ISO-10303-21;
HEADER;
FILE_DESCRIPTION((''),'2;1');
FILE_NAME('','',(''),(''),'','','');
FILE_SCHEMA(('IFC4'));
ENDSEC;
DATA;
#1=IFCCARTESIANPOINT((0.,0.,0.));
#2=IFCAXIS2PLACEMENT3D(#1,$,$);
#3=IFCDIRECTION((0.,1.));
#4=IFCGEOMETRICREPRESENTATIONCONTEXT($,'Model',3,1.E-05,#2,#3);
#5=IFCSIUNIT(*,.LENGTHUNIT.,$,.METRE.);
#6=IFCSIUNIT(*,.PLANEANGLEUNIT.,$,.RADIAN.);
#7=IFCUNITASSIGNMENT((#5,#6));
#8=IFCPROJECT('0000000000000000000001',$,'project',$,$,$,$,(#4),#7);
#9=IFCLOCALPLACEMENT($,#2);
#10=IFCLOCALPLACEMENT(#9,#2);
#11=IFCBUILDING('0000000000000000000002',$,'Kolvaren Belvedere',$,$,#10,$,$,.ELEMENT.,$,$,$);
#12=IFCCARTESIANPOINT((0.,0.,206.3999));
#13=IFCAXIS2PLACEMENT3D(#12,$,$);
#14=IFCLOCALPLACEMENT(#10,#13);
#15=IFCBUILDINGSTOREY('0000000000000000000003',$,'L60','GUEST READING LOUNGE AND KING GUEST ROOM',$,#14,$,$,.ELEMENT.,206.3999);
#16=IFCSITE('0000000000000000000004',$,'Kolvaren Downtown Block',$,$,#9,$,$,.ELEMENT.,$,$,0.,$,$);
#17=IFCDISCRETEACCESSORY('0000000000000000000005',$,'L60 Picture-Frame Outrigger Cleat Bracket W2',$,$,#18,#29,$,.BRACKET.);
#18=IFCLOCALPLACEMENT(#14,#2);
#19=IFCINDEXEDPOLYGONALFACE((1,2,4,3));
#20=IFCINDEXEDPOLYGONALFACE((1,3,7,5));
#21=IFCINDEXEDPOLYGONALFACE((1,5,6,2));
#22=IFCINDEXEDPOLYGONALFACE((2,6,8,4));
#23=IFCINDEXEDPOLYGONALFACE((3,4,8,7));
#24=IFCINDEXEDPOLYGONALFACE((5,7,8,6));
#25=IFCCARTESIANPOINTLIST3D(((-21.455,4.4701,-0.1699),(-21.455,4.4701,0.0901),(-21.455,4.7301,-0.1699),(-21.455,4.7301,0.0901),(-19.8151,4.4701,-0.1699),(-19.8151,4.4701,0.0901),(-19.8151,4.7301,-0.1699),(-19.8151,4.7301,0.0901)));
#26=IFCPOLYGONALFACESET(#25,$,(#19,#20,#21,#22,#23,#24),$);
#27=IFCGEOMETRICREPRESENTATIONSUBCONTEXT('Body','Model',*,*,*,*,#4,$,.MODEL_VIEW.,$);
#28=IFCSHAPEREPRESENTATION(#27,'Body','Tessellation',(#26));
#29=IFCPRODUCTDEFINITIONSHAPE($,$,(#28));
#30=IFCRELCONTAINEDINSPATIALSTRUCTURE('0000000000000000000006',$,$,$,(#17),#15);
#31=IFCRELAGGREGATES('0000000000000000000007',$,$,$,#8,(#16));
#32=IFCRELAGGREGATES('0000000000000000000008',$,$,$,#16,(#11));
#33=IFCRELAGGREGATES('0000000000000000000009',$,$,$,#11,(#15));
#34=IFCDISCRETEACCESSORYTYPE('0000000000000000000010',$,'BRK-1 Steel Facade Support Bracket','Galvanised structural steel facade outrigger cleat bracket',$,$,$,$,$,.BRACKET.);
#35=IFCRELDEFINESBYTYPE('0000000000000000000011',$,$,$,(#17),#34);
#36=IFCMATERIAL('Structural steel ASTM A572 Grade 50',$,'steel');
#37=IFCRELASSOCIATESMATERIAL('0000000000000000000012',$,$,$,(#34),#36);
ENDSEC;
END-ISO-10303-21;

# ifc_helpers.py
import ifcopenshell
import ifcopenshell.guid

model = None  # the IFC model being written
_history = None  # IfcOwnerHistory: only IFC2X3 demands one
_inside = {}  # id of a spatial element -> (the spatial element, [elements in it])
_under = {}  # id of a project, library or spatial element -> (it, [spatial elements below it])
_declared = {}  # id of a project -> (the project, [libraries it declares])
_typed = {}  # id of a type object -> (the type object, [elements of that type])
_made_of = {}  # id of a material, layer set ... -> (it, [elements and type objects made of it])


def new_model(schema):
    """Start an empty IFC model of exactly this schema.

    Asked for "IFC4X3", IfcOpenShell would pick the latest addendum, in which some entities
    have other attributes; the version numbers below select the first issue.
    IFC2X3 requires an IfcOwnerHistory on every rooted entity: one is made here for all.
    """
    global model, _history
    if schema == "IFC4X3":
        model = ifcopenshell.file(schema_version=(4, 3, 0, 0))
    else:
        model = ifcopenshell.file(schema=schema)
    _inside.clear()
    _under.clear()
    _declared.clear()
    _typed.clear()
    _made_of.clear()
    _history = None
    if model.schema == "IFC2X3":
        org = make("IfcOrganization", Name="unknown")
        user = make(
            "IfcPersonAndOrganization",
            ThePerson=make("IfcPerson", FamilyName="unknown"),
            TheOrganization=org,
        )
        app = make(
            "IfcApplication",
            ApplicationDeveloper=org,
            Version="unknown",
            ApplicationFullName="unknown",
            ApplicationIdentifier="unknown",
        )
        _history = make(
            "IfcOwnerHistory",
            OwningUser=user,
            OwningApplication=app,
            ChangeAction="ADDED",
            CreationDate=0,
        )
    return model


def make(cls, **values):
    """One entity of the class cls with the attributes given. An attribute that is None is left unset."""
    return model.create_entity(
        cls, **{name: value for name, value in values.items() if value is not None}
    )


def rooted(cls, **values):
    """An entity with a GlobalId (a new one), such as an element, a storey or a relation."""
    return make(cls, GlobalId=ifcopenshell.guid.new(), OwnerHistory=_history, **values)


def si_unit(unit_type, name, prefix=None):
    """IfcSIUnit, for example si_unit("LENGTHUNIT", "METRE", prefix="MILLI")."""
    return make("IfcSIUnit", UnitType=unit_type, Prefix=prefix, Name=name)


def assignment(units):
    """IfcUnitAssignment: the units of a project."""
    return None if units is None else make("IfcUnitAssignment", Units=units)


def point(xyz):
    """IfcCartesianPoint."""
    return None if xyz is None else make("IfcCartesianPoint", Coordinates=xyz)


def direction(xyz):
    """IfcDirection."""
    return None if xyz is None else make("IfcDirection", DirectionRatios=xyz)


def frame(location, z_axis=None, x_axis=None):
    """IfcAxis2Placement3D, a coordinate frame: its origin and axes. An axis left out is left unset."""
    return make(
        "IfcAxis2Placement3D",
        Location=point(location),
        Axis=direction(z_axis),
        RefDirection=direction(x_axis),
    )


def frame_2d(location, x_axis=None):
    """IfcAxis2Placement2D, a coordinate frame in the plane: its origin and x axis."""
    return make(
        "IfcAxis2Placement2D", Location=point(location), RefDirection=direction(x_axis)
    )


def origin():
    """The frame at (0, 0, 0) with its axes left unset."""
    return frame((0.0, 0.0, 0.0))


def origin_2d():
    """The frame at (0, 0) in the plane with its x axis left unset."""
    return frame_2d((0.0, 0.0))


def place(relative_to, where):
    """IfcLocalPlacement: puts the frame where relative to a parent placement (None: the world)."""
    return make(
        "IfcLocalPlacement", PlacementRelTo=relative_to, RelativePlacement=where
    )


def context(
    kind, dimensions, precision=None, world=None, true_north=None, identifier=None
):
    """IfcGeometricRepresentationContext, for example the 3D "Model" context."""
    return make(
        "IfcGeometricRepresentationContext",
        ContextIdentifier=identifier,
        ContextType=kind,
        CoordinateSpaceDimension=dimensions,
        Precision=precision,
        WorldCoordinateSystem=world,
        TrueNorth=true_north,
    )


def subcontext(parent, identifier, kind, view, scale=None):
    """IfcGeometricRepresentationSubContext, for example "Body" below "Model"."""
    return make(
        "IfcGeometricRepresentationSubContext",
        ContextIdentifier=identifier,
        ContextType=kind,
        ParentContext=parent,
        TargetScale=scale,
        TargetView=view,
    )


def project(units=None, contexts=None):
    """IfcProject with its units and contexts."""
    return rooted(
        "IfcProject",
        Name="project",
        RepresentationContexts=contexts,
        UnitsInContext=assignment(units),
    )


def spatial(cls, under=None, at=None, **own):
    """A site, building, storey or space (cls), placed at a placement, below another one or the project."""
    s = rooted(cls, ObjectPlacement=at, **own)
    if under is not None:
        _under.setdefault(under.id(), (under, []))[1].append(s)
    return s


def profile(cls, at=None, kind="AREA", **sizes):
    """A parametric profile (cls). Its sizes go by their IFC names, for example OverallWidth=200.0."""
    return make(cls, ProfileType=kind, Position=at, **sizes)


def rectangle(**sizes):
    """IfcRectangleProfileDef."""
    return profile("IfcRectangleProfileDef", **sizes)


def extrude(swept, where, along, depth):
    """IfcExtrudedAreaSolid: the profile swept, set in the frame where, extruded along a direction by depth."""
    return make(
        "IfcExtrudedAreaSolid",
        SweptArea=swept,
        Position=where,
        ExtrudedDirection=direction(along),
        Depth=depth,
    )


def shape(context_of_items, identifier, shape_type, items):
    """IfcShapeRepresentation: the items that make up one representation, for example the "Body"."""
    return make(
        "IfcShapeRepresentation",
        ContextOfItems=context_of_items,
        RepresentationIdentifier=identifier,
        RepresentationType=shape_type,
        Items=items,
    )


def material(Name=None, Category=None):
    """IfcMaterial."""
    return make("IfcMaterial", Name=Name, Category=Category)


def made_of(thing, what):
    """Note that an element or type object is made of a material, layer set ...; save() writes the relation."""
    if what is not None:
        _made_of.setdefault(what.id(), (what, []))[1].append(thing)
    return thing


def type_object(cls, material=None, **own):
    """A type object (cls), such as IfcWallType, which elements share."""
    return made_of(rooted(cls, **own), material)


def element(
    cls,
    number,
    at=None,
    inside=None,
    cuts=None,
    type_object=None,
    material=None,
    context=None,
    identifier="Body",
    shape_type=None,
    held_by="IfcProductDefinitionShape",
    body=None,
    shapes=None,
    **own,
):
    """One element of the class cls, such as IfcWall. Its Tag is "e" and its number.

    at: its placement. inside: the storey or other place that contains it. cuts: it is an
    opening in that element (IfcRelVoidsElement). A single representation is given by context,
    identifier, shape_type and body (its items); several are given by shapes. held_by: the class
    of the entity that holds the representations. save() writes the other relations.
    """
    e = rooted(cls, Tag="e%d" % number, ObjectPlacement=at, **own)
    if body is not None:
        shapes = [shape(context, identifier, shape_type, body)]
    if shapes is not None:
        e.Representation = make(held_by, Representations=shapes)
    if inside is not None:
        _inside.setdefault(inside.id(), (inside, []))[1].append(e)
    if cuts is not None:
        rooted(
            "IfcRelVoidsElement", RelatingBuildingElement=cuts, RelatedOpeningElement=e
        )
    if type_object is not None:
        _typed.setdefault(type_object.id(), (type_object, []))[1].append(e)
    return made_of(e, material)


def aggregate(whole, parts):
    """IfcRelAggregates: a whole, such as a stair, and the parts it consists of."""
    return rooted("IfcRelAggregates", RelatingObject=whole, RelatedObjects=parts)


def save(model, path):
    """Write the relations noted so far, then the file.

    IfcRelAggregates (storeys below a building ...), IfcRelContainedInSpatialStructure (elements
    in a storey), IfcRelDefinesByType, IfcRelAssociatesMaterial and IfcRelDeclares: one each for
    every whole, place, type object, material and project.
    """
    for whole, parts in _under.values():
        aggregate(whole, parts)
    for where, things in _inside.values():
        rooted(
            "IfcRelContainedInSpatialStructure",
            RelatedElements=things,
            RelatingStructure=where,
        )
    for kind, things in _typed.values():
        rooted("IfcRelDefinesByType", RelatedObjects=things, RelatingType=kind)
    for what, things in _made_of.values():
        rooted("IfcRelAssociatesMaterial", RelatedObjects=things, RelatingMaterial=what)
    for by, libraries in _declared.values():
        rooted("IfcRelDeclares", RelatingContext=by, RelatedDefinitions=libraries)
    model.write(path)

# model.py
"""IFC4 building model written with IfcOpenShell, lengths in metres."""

from ifc_helpers import new_model, si_unit, direction, frame, origin, origin_2d, place, context, subcontext, project, spatial, rectangle, extrude, material, type_object, element, save


model = new_model("IFC4")

# Units and contexts
model_context = context("Model", 3, precision=1e-05, world=origin(), true_north=direction((0.0, 1.0)))
body_context = subcontext(model_context, "Body", "Model", "MODEL_VIEW")
ifc_project = project(units=[si_unit("LENGTHUNIT", "METRE"), si_unit("PLANEANGLEUNIT", "RADIAN")], contexts=[model_context])

# Site, building, storey
site_placement = place(None, origin())
site = spatial("IfcSite", under=ifc_project, at=site_placement, Name="Kolvaren Downtown Block", CompositionType="ELEMENT", RefElevation=0.0)
building_placement = place(site_placement, origin())
building = spatial("IfcBuilding", under=site, at=building_placement, Name="Kolvaren Belvedere", CompositionType="ELEMENT")
storey_placement = place(building_placement, frame((0.0, 0.0, 206.3999)))
storey = spatial("IfcBuildingStorey", under=building, at=storey_placement, Name="L60", Description="GUEST READING LOUNGE AND KING GUEST ROOM", CompositionType="ELEMENT", Elevation=206.3999)

# Discrete accessory
ifc_material_1 = material(Name="Structural steel ASTM A572 Grade 50", Category="steel")
discrete_accessory_type = type_object("IfcDiscreteAccessoryType", Name="BRK-1 Steel Facade Support Bracket", Description="Galvanised structural steel facade outrigger cleat bracket", PredefinedType="BRACKET", material=ifc_material_1)
discrete_accessory_placement = place(storey_placement, frame((-20.635, 4.6001, -0.1699), z_axis=(0.0, 0.0, 1.0), x_axis=(1.0, 0.0, 0.0)))
element("IfcDiscreteAccessory", 1, at=discrete_accessory_placement, inside=storey, type_object=discrete_accessory_type, Name="L60 Picture-Frame Outrigger Cleat Bracket W2", PredefinedType="BRACKET", context=body_context, shape_type="SweptSolid", body=[
    extrude(rectangle(XDim=1.6399, YDim=0.26, at=origin_2d()), origin(), (0.0, 0.0, 1.0), 0.26),
])

save(model, "model.ifc")
